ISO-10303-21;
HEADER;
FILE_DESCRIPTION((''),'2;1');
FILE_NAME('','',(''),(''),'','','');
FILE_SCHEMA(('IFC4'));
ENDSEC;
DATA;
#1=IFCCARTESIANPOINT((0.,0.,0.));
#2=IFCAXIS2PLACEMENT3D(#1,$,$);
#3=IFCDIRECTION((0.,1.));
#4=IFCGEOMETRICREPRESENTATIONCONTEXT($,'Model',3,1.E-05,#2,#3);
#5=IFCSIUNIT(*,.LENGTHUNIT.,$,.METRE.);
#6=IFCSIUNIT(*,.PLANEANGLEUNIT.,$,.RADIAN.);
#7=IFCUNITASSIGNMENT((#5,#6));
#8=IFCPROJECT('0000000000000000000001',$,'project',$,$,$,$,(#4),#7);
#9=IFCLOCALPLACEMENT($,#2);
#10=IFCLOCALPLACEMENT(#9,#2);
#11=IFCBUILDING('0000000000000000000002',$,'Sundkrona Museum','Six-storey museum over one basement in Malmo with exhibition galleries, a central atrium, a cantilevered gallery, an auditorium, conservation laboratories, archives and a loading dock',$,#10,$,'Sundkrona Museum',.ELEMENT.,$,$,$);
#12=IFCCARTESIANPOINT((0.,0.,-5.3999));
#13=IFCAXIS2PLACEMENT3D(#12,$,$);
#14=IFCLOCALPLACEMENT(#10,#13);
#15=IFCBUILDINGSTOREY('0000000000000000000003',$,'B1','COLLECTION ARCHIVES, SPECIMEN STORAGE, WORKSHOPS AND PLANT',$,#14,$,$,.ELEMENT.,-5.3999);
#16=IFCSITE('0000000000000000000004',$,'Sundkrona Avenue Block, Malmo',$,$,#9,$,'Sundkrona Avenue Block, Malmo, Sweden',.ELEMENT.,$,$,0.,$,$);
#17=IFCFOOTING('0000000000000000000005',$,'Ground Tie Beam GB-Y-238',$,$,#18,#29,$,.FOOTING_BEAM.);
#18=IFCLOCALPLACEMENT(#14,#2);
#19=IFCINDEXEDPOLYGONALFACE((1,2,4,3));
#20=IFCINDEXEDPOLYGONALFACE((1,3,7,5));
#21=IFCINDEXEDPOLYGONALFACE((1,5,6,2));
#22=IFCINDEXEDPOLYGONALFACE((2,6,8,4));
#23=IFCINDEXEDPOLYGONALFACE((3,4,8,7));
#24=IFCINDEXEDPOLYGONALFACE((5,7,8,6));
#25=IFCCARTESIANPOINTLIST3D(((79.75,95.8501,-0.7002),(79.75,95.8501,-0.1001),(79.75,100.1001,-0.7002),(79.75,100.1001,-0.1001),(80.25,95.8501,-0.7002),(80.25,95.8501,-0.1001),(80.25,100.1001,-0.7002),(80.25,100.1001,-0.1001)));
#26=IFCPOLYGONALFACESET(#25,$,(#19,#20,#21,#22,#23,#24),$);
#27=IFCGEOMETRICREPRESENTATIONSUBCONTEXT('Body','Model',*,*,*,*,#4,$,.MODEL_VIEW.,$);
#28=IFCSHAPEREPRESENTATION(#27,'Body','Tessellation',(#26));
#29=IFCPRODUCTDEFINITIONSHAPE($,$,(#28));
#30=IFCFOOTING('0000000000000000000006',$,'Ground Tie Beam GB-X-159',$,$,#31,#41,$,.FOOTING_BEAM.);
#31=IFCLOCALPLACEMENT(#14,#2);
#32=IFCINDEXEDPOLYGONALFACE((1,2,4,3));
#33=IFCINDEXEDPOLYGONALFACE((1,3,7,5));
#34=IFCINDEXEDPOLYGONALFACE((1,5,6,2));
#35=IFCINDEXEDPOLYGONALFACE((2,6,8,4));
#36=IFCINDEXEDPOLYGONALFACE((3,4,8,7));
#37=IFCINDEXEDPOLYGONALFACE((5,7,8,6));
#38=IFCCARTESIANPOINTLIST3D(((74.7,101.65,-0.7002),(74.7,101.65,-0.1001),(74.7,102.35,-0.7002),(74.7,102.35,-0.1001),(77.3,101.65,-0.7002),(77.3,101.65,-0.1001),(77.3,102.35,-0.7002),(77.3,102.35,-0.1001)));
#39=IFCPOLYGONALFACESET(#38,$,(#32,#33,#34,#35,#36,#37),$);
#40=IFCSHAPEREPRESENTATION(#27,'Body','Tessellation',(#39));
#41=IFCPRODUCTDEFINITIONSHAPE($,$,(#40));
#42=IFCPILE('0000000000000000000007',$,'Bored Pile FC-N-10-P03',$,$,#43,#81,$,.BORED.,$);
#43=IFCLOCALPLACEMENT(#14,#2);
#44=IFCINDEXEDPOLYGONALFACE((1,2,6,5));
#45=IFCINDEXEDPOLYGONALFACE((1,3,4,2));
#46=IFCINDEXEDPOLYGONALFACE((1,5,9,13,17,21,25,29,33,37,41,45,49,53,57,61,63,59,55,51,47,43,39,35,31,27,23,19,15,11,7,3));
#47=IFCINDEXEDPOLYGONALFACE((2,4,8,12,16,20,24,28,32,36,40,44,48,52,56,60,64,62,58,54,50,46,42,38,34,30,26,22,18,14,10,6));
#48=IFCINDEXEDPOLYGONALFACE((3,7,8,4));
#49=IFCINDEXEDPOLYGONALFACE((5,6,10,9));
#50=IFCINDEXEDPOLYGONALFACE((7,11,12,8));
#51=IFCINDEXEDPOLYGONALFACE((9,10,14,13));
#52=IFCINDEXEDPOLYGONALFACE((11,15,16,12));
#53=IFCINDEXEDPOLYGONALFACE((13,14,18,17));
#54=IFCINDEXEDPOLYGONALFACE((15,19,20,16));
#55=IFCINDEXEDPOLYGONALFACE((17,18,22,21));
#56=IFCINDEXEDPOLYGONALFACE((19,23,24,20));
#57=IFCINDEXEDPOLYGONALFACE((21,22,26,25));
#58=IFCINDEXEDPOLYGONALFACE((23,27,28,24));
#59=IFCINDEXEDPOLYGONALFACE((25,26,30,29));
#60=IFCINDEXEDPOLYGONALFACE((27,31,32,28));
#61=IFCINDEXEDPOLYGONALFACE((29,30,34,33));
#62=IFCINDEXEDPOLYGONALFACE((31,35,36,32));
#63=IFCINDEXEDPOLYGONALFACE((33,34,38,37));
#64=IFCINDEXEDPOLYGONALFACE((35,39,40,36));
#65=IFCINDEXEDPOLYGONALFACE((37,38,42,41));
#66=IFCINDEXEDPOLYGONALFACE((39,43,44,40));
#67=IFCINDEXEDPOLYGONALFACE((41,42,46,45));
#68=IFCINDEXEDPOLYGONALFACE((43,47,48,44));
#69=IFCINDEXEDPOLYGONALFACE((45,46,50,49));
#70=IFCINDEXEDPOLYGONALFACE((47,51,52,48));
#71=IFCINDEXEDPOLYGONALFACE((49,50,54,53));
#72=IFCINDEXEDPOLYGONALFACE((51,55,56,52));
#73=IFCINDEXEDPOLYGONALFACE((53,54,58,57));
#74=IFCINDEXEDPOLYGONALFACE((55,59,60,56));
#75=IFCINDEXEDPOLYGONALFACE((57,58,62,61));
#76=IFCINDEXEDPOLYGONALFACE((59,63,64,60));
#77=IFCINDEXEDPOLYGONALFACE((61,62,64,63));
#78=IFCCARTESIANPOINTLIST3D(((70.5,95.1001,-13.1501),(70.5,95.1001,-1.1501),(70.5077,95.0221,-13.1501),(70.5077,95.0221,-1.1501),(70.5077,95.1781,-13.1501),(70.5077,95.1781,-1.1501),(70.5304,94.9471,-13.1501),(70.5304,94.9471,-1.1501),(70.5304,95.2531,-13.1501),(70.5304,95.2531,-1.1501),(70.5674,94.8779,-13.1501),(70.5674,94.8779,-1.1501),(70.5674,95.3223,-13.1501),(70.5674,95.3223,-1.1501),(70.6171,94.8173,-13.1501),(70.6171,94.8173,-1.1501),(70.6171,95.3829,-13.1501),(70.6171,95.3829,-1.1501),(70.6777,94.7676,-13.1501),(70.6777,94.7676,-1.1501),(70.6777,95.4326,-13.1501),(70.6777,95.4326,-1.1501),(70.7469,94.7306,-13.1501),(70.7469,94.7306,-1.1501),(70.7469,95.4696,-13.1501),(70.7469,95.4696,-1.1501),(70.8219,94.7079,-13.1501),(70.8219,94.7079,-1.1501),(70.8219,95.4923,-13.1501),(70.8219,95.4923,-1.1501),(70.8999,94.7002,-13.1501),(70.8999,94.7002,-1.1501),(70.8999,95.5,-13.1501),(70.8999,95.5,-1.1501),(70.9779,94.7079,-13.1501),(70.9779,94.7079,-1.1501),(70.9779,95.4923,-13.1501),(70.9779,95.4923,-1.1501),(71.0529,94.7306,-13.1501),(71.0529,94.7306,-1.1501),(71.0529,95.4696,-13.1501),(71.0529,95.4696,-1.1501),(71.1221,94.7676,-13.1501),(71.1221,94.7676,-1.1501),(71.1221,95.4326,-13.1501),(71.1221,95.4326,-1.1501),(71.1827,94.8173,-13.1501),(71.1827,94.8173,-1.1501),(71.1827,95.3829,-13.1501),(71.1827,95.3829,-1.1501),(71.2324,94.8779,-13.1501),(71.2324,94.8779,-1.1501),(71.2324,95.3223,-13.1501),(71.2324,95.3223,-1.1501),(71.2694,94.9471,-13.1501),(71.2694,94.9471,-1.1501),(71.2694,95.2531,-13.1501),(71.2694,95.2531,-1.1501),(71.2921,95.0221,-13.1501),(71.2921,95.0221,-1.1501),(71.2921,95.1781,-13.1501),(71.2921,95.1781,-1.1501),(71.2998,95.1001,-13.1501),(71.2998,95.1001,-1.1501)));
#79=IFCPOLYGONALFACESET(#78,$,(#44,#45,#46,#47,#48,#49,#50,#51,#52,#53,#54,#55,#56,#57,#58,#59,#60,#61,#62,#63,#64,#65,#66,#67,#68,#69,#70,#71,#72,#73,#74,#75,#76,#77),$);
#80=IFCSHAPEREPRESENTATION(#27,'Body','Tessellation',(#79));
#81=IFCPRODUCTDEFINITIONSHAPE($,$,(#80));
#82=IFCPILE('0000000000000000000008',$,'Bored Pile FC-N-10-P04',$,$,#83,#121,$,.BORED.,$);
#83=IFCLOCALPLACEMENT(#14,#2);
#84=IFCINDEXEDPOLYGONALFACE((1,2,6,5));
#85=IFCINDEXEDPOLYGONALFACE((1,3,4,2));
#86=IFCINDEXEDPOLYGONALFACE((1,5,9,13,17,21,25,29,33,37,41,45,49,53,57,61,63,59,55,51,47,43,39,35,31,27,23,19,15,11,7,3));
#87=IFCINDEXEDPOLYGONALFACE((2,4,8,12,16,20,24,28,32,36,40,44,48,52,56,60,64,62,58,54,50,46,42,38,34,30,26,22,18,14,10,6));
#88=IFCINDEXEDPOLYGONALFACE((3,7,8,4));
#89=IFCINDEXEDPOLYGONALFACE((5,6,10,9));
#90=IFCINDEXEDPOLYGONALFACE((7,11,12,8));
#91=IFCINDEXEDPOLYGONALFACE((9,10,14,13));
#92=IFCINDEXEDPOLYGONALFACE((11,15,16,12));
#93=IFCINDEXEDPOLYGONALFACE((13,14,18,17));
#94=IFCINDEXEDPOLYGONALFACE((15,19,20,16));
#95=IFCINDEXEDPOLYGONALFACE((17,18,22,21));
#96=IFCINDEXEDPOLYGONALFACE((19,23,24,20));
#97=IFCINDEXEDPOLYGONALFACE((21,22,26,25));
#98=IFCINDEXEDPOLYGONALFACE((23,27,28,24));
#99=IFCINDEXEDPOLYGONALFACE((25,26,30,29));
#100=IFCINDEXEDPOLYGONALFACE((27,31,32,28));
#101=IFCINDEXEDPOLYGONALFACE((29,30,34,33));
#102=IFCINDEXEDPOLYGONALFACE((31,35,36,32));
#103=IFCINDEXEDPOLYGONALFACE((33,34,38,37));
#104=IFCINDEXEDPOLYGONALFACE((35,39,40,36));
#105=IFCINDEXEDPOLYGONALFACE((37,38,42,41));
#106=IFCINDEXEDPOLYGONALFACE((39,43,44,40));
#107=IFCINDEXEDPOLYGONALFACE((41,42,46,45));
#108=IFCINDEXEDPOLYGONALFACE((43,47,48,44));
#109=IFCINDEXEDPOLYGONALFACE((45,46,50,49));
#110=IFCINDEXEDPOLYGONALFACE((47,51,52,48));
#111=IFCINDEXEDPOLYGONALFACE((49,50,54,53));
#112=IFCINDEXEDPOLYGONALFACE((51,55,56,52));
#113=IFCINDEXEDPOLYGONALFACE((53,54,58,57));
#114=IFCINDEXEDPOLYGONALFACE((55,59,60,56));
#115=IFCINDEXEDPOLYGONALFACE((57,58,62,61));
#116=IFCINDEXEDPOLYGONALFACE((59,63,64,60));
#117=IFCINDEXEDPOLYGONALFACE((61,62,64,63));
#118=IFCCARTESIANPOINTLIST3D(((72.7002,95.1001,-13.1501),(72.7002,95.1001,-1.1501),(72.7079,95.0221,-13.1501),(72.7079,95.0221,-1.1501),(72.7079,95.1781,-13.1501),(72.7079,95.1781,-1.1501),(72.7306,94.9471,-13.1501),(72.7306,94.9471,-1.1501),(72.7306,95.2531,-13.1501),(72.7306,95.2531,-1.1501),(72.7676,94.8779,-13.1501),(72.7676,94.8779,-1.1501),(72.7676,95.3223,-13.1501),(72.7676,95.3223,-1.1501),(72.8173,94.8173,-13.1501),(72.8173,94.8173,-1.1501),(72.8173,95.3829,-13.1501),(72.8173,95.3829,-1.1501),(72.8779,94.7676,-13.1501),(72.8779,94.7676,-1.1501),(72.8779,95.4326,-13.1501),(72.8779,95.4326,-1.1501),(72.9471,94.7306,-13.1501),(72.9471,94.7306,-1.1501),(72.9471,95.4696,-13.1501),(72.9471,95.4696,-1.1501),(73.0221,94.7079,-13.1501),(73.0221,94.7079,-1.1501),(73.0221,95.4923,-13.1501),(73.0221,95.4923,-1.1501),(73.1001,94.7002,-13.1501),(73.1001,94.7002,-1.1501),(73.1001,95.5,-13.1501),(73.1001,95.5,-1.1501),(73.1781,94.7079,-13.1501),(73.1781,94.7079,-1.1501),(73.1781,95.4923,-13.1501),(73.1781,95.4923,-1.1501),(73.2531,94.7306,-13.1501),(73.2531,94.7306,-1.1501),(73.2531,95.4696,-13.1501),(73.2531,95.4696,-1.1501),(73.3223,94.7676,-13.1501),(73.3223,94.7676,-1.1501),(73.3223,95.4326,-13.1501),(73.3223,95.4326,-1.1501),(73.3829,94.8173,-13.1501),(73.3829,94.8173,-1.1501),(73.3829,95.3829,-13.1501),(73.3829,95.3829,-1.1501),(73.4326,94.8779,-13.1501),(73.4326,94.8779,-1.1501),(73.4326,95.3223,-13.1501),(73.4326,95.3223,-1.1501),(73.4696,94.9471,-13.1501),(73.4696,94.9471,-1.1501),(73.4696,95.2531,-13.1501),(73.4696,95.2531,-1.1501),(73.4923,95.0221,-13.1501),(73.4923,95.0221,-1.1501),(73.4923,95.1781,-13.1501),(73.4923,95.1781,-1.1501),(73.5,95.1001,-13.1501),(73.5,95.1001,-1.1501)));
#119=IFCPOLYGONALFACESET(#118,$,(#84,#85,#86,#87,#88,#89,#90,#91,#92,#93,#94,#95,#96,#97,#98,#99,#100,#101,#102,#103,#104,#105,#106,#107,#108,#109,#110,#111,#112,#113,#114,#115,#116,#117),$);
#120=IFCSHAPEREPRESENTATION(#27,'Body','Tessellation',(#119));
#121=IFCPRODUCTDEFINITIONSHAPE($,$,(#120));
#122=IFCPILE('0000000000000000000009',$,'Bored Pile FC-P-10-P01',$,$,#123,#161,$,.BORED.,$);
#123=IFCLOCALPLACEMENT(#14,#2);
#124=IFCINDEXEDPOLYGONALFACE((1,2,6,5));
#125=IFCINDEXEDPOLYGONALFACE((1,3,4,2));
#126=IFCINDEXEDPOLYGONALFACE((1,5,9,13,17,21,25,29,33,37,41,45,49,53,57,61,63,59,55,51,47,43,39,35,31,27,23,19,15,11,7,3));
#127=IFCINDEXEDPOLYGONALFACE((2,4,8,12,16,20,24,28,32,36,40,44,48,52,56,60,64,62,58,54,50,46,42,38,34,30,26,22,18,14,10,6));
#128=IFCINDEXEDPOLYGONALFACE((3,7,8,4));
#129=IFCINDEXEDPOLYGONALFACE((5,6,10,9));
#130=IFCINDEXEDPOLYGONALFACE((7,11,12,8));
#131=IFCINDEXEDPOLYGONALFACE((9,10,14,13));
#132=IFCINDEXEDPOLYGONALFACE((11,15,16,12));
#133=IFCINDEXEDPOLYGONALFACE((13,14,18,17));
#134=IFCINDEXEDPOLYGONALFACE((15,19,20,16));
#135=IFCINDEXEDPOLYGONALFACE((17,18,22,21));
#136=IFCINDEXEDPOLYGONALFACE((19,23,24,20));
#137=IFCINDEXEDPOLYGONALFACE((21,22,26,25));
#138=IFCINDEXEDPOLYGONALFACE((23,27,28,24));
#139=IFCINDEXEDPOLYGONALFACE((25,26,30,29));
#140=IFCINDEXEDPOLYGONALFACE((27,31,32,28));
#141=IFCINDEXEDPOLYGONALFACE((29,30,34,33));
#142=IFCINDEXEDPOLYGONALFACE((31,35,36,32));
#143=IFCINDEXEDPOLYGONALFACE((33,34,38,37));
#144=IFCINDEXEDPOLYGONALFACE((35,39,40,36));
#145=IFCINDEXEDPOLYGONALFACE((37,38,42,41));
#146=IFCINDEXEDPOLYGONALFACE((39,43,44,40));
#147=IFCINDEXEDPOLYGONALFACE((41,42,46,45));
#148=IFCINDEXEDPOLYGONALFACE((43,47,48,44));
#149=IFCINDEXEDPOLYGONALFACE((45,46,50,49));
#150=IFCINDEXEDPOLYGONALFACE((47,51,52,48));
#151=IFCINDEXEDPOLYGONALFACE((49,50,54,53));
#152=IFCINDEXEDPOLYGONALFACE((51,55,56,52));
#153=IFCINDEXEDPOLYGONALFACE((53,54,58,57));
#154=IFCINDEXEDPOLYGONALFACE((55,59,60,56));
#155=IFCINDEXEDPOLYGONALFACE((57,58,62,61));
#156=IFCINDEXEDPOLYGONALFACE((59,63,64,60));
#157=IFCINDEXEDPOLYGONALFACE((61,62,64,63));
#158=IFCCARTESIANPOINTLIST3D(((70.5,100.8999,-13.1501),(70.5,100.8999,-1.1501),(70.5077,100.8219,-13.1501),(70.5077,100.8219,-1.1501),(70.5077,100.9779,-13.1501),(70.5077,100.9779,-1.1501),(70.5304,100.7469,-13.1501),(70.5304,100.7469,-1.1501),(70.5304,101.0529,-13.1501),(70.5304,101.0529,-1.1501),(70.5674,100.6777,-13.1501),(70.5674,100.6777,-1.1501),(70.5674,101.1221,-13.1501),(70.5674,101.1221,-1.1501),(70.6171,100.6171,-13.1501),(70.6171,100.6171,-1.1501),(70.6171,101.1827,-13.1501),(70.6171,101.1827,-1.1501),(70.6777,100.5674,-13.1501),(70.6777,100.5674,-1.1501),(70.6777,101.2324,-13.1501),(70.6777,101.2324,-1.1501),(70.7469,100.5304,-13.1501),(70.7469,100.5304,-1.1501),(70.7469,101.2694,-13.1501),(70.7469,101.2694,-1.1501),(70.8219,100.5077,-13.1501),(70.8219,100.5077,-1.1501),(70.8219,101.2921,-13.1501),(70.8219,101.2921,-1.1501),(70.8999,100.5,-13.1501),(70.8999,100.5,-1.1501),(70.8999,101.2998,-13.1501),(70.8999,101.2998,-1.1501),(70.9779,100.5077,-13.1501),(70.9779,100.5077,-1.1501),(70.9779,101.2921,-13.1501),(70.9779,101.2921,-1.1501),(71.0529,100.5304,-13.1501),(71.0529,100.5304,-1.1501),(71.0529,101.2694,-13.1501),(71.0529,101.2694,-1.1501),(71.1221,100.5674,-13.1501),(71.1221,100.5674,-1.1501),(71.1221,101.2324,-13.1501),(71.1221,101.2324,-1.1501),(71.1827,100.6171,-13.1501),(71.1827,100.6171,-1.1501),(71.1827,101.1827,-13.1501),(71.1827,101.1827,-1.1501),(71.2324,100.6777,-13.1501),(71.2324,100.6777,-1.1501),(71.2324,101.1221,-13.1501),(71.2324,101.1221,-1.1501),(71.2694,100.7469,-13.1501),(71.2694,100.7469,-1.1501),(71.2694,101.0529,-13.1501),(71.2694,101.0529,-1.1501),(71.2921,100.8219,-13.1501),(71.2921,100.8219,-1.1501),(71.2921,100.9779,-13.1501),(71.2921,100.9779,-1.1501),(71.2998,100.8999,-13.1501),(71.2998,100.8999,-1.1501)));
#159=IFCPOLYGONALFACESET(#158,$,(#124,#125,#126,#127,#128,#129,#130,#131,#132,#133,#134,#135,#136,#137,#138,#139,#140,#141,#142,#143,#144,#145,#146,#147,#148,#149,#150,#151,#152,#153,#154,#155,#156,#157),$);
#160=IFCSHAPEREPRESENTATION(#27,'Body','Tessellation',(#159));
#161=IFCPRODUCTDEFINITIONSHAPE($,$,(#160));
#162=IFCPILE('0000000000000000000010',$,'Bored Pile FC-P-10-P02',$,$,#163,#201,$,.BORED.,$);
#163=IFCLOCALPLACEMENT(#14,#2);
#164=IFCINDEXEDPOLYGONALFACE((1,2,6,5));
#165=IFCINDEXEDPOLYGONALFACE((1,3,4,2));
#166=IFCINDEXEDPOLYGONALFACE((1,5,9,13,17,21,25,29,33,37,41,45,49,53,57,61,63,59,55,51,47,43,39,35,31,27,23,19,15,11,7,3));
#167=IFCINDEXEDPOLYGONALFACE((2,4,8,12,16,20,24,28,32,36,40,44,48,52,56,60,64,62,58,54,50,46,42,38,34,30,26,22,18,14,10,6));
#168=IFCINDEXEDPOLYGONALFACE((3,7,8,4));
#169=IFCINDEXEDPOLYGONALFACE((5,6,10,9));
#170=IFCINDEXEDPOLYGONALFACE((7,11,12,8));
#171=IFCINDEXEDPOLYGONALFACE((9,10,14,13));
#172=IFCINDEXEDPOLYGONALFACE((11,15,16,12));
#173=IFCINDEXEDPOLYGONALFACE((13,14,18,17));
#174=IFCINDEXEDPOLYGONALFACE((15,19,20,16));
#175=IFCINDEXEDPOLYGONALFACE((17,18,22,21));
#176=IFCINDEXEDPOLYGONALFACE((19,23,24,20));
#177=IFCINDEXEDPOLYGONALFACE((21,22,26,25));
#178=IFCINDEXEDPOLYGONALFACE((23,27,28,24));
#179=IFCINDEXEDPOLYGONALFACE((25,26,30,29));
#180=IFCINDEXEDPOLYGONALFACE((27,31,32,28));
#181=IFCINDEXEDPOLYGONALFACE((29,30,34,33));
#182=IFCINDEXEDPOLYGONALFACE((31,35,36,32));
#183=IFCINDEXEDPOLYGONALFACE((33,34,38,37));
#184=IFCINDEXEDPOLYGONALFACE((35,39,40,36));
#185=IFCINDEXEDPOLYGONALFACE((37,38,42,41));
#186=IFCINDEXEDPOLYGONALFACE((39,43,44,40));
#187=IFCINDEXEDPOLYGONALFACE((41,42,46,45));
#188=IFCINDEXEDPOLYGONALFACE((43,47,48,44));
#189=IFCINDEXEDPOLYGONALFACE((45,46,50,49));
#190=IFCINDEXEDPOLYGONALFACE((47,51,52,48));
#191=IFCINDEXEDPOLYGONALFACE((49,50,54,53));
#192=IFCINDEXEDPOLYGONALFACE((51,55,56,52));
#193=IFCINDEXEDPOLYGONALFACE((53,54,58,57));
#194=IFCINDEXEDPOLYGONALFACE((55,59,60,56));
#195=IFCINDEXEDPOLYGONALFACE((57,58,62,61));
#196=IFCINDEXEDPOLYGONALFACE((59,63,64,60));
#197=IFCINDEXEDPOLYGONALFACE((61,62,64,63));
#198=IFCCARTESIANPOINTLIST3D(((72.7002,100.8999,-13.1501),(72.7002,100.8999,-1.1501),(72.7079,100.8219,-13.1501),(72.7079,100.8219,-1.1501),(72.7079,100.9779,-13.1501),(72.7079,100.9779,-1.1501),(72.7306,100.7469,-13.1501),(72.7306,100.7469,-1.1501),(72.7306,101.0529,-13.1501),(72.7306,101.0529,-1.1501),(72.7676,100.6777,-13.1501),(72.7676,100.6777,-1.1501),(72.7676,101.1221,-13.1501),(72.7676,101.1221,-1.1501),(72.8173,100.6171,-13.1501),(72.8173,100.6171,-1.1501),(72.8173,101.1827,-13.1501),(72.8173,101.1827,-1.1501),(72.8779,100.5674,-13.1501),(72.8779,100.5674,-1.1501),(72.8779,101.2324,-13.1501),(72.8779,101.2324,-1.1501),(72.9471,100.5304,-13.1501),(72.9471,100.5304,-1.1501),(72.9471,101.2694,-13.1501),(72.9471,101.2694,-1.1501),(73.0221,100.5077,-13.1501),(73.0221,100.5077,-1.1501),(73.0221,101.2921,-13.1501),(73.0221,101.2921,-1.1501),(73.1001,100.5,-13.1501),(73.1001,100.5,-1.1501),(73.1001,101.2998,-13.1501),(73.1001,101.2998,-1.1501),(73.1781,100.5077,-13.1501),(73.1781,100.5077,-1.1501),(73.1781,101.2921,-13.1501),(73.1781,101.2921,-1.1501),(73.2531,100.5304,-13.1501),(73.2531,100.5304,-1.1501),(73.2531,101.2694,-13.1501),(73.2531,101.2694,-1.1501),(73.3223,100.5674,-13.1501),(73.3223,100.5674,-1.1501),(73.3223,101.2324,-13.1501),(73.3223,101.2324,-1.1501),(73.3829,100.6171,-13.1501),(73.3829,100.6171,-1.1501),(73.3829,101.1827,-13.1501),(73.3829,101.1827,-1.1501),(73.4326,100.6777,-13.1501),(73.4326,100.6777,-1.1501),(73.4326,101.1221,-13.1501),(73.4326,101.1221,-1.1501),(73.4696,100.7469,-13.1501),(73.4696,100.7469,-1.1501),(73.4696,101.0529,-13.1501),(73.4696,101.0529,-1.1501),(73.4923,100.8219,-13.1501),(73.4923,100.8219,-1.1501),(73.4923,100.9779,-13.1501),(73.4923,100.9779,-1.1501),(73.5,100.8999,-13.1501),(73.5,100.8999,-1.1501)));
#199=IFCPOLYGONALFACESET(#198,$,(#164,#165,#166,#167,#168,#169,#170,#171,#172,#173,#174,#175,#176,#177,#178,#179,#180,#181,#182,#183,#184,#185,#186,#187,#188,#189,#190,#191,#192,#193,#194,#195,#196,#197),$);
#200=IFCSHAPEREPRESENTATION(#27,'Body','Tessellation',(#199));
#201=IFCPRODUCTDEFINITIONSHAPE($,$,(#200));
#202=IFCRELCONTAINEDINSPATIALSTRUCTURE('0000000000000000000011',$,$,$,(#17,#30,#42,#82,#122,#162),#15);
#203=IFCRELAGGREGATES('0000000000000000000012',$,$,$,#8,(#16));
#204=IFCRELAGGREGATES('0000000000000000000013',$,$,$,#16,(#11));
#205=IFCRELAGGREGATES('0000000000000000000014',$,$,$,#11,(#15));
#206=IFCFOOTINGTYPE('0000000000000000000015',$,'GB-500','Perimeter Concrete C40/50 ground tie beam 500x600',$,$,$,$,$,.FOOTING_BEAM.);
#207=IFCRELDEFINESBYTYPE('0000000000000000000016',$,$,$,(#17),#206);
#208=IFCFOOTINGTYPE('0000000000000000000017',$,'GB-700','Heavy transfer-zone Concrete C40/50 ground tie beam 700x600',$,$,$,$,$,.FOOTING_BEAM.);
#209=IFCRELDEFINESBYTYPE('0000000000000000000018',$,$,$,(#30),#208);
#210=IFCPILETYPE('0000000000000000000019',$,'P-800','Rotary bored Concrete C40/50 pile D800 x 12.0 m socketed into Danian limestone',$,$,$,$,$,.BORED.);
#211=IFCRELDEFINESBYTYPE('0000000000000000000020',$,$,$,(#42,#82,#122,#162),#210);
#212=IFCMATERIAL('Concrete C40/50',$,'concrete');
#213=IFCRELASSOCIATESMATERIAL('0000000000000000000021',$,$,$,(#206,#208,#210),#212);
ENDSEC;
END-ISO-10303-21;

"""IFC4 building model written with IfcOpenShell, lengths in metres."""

from ifc_helpers import new_model, si_unit, direction, frame, origin, origin_2d, place, context, subcontext, project, spatial, rectangle, circle, extrude, material, material_profile, profile_set, type_object, element, save


model = new_model("IFC4")

# Units and contexts
model_context = context("Model", 3, precision=1e-05, world=origin(), true_north=direction((0.0, 1.0)))
body_context = subcontext(model_context, "Body", "Model", "MODEL_VIEW")
ifc_project = project(units=[si_unit("LENGTHUNIT", "METRE"), si_unit("PLANEANGLEUNIT", "RADIAN")], contexts=[model_context])

# Site, building, storey
site_placement = place(None, origin())
site = spatial("IfcSite", under=ifc_project, at=site_placement, Name="Sundkrona Avenue Block, Malmo", LongName="Sundkrona Avenue Block, Malmo, Sweden", CompositionType="ELEMENT", RefElevation=0.0)
building_placement = place(site_placement, origin())
building = spatial("IfcBuilding", under=site, at=building_placement, Name="Sundkrona Museum", Description="Six-storey museum over one basement in Malmo with exhibition galleries, a central atrium, a cantilevered gallery, an auditorium, conservation laboratories, archives and a loading dock", LongName="Sundkrona Museum", CompositionType="ELEMENT")
storey_placement = place(building_placement, frame((0.0, 0.0, -5.3999)))
storey = spatial("IfcBuildingStorey", under=building, at=storey_placement, Name="B1", Description="COLLECTION ARCHIVES, SPECIMEN STORAGE, WORKSHOPS AND PLANT", CompositionType="ELEMENT", Elevation=-5.3999)

# Footings
ifc_material_1 = material(Name="Concrete C40/50", Category="concrete")
footing_type_1 = type_object("IfcFootingType", Name="GB-500", Description="Perimeter Concrete C40/50 ground tie beam 500x600", PredefinedType="FOOTING_BEAM", material=ifc_material_1)
footing_1_placement = place(storey_placement, frame((80.0, 97.9751, -0.7002), z_axis=(0.0, 0.0, 1.0), x_axis=(0.0, 1.0, 0.0)))
element("IfcFooting", 1, at=footing_1_placement, inside=storey, type_object=footing_type_1, Name="Ground Tie Beam GB-Y-238", PredefinedType="FOOTING_BEAM", context=body_context, shape_type="SweptSolid", body=[
    extrude(rectangle(XDim=4.25, YDim=0.5, at=origin_2d()), origin(), (0.0, 0.0, 1.0), 0.6001),
])
footing_type_2 = type_object("IfcFootingType", Name="GB-700", Description="Heavy transfer-zone Concrete C40/50 ground tie beam 700x600", PredefinedType="FOOTING_BEAM", material=ifc_material_1)
footing_2_placement = place(storey_placement, frame((76.0, 102.0, -0.7002), z_axis=(0.0, 0.0, 1.0), x_axis=(1.0, 0.0, 0.0)))
element("IfcFooting", 2, at=footing_2_placement, inside=storey, type_object=footing_type_2, Name="Ground Tie Beam GB-X-159", PredefinedType="FOOTING_BEAM", context=body_context, shape_type="SweptSolid", body=[
    extrude(rectangle(XDim=2.6001, YDim=0.7, at=origin_2d()), origin(), (0.0, 0.0, 1.0), 0.6001),
])

# Piles
ifc_material_profile_1 = material_profile(ifc_material_1, circle(Radius=0.3999, at=origin_2d()), Name="PILE D800")
ifc_profile_set_1 = profile_set([ifc_material_profile_1], Name="Concrete C40/50")
pile_type = type_object("IfcPileType", Name="P-800", Description="Rotary bored Concrete C40/50 pile D800 x 12.0 m socketed into Danian limestone", PredefinedType="BORED", material=ifc_profile_set_1)
for number, where, z_axis, x_axis, name in (
    (3, (70.8999, 95.1001, -1.1501), (0.0, 0.0, -1.0), (1.0, 0.0, 0.0), "Bored Pile FC-N-10-P03"),
    (4, (73.1001, 95.1001, -1.1501), (0.0, 0.0, -1.0), (1.0, 0.0, 0.0), "Bored Pile FC-N-10-P04"),
    (5, (70.8999, 100.8999, -1.1501), (0.0, 0.0, -1.0), (1.0, 0.0, 0.0), "Bored Pile FC-P-10-P01"),
    (6, (73.1001, 100.8999, -1.1501), (0.0, 0.0, -1.0), (1.0, 0.0, 0.0), "Bored Pile FC-P-10-P02"),
):
    element("IfcPile", number, at=place(storey_placement, frame(where, z_axis=z_axis, x_axis=x_axis)), inside=storey, type_object=pile_type, Name=name, PredefinedType="BORED", context=body_context, shape_type="SweptSolid", body=[
        extrude(circle(Radius=0.3999, at=origin_2d()), origin(), (0.0, 0.0, 1.0), 12.0),
    ])

save(model, "model.ifc")
